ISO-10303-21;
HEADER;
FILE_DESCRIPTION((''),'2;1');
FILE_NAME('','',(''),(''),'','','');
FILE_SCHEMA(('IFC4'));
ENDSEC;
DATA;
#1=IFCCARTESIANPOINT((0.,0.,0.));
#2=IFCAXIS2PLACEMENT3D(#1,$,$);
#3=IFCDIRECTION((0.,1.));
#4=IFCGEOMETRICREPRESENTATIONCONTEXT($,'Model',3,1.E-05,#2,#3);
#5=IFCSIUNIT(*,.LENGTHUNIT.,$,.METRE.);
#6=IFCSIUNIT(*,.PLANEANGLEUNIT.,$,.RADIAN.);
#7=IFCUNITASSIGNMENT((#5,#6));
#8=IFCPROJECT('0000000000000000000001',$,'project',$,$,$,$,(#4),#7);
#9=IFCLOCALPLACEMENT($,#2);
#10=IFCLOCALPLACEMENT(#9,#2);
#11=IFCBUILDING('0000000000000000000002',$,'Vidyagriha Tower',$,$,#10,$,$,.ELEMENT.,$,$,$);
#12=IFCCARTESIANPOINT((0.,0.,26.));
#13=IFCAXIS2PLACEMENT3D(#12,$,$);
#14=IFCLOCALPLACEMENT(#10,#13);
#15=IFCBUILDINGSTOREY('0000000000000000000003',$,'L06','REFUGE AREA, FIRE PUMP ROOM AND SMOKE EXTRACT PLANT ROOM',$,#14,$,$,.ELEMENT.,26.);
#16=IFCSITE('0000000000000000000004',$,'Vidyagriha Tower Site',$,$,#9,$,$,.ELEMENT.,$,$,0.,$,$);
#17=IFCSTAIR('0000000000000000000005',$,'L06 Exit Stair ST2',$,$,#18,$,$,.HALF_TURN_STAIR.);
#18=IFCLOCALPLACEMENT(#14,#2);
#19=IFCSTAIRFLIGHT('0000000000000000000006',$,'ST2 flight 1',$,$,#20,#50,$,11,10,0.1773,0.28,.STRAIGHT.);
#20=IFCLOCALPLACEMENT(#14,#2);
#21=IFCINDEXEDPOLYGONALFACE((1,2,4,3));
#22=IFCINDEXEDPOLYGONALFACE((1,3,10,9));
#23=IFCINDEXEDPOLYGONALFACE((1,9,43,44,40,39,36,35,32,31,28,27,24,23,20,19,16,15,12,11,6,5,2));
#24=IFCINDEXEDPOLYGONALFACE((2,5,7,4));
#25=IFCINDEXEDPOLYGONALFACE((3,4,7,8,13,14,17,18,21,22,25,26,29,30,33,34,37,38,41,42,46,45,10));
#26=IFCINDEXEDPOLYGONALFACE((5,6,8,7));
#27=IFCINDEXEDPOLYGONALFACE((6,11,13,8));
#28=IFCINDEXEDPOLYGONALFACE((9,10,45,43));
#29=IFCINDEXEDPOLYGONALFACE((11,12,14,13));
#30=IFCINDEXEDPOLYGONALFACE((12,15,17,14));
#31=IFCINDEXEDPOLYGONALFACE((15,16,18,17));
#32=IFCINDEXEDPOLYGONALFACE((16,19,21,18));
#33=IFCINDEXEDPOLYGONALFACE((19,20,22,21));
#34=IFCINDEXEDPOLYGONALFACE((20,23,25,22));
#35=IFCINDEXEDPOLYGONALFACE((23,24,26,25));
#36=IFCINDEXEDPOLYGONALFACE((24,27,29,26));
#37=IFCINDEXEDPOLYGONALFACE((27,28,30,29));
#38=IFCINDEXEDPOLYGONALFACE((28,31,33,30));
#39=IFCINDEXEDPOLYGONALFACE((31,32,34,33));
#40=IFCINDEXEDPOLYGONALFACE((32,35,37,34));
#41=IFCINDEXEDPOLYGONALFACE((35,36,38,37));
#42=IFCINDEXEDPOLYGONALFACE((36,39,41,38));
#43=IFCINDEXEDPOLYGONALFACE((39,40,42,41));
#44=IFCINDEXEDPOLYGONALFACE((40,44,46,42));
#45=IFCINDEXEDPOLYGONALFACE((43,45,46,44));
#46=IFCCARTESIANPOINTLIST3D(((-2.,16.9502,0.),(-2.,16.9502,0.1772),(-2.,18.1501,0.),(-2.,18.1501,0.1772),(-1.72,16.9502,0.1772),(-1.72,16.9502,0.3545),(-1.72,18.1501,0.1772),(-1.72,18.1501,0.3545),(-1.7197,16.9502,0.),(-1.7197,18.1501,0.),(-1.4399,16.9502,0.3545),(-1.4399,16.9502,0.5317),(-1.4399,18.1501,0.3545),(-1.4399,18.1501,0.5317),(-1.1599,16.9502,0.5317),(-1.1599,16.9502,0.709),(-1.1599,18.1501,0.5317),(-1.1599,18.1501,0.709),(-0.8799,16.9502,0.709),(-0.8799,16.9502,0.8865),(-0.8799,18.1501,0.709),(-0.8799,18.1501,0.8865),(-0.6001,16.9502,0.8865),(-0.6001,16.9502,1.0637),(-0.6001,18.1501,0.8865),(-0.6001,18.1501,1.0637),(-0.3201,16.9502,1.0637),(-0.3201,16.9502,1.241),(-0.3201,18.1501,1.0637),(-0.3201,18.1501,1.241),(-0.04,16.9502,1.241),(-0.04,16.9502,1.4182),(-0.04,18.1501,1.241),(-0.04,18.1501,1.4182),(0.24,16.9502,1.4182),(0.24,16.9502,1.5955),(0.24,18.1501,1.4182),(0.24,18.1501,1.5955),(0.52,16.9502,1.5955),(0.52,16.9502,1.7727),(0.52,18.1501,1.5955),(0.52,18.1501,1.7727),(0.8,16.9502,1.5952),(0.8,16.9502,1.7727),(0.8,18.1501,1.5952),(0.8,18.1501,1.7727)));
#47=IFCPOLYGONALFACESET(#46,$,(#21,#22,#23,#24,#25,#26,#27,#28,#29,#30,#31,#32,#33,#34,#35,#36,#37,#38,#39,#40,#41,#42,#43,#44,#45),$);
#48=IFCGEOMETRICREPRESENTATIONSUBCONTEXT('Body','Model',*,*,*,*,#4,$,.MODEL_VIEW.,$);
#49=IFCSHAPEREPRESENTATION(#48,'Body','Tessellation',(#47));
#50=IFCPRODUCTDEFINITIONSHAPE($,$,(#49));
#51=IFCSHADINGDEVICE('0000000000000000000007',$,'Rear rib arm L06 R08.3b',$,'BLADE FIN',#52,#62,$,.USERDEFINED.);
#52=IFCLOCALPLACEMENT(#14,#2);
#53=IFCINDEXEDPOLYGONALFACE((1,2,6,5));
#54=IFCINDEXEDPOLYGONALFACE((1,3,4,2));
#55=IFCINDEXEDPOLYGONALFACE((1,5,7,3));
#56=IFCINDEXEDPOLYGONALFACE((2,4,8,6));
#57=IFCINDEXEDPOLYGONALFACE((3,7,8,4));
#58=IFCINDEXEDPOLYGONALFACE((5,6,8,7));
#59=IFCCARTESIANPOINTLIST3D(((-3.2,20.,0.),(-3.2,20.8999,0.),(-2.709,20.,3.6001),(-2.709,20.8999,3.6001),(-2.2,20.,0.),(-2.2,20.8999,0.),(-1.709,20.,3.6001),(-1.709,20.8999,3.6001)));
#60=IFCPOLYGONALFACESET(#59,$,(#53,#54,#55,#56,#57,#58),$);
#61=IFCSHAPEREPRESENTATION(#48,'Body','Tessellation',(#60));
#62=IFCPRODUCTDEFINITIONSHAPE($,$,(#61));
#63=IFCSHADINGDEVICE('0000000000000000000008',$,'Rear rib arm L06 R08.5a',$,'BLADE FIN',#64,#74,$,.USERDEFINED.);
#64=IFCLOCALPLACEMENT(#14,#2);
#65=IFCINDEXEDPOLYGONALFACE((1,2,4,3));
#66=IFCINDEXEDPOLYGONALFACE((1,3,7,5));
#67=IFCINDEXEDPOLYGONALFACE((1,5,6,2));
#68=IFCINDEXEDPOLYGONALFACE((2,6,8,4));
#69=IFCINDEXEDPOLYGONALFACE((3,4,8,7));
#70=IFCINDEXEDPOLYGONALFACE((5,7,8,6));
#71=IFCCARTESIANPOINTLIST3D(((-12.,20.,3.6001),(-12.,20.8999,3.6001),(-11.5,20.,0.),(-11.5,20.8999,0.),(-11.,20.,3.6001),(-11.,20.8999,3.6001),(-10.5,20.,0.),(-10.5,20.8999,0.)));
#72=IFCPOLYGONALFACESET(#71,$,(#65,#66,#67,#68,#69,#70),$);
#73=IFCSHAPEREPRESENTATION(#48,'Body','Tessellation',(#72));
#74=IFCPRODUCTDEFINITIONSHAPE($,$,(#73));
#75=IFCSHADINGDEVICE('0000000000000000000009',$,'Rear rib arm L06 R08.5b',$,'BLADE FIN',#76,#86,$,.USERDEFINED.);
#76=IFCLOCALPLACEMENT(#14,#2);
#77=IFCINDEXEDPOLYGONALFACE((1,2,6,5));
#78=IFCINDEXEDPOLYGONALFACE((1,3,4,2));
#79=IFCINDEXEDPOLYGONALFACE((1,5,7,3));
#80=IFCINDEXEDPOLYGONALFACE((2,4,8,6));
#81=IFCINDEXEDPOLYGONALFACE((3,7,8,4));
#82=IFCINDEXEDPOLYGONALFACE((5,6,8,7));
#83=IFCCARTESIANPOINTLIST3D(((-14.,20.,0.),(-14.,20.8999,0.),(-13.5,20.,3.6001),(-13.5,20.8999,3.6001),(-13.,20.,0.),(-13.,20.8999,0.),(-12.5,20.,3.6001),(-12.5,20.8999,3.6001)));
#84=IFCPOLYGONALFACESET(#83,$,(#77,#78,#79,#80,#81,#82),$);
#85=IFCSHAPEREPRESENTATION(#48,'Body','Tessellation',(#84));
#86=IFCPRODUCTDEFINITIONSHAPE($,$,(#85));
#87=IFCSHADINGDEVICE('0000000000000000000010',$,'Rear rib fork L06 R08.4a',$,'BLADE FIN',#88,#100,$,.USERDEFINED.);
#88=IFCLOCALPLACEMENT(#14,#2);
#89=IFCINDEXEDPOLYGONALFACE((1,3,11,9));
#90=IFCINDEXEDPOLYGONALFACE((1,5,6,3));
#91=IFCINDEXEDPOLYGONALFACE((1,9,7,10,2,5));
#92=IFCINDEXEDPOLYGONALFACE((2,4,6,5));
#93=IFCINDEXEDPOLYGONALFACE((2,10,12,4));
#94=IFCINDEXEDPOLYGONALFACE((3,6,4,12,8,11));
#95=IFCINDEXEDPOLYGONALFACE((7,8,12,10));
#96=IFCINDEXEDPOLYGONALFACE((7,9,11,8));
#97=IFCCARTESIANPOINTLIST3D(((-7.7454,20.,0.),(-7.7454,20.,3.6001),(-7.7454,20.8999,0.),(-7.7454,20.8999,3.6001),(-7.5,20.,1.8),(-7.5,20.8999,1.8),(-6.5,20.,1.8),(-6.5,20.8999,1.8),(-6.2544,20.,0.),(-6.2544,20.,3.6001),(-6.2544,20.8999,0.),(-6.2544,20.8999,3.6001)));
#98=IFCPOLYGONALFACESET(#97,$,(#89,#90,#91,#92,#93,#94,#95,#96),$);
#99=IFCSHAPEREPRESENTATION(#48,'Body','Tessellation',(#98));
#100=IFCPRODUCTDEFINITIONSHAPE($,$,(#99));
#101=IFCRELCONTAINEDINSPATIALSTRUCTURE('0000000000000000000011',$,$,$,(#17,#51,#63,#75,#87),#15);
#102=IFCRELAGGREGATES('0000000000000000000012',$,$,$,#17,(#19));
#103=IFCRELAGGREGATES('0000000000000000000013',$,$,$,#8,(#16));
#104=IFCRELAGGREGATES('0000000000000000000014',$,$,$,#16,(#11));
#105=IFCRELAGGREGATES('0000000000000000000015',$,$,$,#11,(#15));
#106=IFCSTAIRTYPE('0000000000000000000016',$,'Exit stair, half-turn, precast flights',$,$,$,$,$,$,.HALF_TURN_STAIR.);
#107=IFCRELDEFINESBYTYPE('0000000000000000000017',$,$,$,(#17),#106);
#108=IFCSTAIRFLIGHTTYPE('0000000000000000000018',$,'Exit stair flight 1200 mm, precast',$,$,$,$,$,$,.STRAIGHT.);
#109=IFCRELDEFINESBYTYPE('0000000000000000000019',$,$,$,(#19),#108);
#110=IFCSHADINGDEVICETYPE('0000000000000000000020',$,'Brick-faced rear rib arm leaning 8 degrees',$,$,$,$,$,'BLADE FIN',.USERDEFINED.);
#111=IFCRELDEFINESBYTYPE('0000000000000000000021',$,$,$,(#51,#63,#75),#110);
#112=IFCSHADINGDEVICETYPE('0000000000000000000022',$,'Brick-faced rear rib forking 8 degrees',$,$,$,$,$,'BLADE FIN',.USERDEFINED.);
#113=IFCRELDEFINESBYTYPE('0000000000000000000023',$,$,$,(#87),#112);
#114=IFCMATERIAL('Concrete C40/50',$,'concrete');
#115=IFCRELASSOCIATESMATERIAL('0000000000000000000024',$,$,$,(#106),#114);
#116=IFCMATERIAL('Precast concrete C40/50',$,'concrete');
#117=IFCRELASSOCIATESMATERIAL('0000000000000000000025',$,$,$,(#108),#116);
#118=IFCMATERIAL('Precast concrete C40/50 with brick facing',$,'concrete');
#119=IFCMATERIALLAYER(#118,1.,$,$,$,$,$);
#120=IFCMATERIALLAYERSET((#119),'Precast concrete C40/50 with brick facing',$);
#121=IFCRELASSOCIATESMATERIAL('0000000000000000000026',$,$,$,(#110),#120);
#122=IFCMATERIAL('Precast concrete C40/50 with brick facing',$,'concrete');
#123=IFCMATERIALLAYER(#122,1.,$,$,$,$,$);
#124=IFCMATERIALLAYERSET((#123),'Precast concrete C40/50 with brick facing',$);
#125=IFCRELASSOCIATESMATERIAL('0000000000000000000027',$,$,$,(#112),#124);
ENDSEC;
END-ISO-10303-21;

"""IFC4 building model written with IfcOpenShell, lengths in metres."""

from ifc_helpers import new_model, si_unit, direction, frame, origin, place, context, subcontext, project, spatial, polyline, outline, extrude, material, layer, layer_set, type_object, element, aggregate, save


model = new_model("IFC4")

# Units and contexts
model_context = context("Model", 3, precision=1e-05, world=origin(), true_north=direction((0.0, 1.0)))
body_context = subcontext(model_context, "Body", "Model", "MODEL_VIEW")
ifc_project = project(units=[si_unit("LENGTHUNIT", "METRE"), si_unit("PLANEANGLEUNIT", "RADIAN")], contexts=[model_context])

# Site, building, storey
site_placement = place(None, origin())
site = spatial("IfcSite", under=ifc_project, at=site_placement, Name="Vidyagriha Tower Site", CompositionType="ELEMENT", RefElevation=0.0)
building_placement = place(site_placement, origin())
building = spatial("IfcBuilding", under=site, at=building_placement, Name="Vidyagriha Tower", CompositionType="ELEMENT")
storey_placement = place(building_placement, frame((0.0, 0.0, 26.0)))
storey = spatial("IfcBuildingStorey", under=building, at=storey_placement, Name="L06", Description="REFUGE AREA, FIRE PUMP ROOM AND SMOKE EXTRACT PLANT ROOM", CompositionType="ELEMENT", Elevation=26.0)

# Shared definitions
ifc_material_1 = material(Name="Concrete C40/50", Category="concrete")
stair_type = type_object("IfcStairType", Name="Exit stair, half-turn, precast flights", PredefinedType="HALF_TURN_STAIR", material=ifc_material_1)
ifc_material_2 = material(Name="Precast concrete C40/50", Category="concrete")
stair_flight_type = type_object("IfcStairFlightType", Name="Exit stair flight 1200 mm, precast", PredefinedType="STRAIGHT", material=ifc_material_2)

# Stair, stair flight
stair_1_placement = place(storey_placement, origin())
stair_1 = element("IfcStair", 1, at=stair_1_placement, inside=storey, type_object=stair_type, Name="L06 Exit Stair ST2", PredefinedType="HALF_TURN_STAIR")
stair_flight_1_placement = place(storey_placement, frame((-2.0, 17.55, 0.0)))
stair_flight_1 = element("IfcStairFlight", 2, at=stair_flight_1_placement, type_object=stair_flight_type, Name="ST2 flight 1", NumberOfRisers=11, NumberOfTreads=10, PredefinedType="STRAIGHT", RiserHeight=0.1773, TreadLength=0.28, context=body_context, shape_type="SweptSolid", body=[
    extrude(outline(polyline([(0.0, 0.0), (0.0, 0.1772), (0.28, 0.1772), (0.28, 0.3545), (0.5601, 0.3545), (0.5601, 0.5317), (0.8401, 0.5317), (0.8401, 0.709), (1.1201, 0.709), (1.1201, 0.8865), (1.3999, 0.8865), (1.3999, 1.0637), (1.6799, 1.0637), (1.6799, 1.241), (1.96, 1.241), (1.96, 1.4182), (2.24, 1.4182), (2.24, 1.5955), (2.52, 1.5955), (2.52, 1.7727), (2.8, 1.7727), (2.8, 1.95), (2.8, 1.5952), (0.2803, 0.0), (0.0, 0.0)])), frame((0.0, 0.6001, 0.0), z_axis=(0.0, -1.0, 0.0), x_axis=(1.0, 0.0, 0.0)), (0.0, 0.0, 1.0), 1.2),
])
aggregate(stair_1, [stair_flight_1])

# Shading devices
ifc_material_3 = material(Name="Precast concrete C40/50 with brick facing", Category="concrete")
ifc_layer_1 = layer(ifc_material_3, 1.0)
ifc_layer_set_1 = layer_set([ifc_layer_1], Name="Precast concrete C40/50 with brick facing")
shading_device_type_1 = type_object("IfcShadingDeviceType", Name="Brick-faced rear rib arm leaning 8 degrees", ElementType="BLADE FIN", PredefinedType="USERDEFINED", material=ifc_layer_set_1)
shading_device_1_placement = place(storey_placement, frame((-1.709, 20.45, 0.0), z_axis=(0.0, 0.0, 1.0), x_axis=(-1.0, 0.0, 0.0)))
element("IfcShadingDevice", 3, at=shading_device_1_placement, inside=storey, type_object=shading_device_type_1, Name="Rear rib arm L06 R08.3b", ObjectType="BLADE FIN", PredefinedType="USERDEFINED", context=body_context, shape_type="SweptSolid", body=[
    extrude(outline(polyline([(0.491, 0.0), (1.491, 0.0), (1.0, 3.6001), (0.0, 3.6001), (0.491, 0.0)])), frame((0.0, 0.45, 0.0), z_axis=(0.0, -1.0, 0.0), x_axis=(1.0, 0.0, 0.0)), (0.0, 0.0, 1.0), 0.8999),
])
shading_device_2_placement = place(storey_placement, frame((-10.5, 20.45, 0.0), z_axis=(0.0, 0.0, 1.0), x_axis=(-1.0, 0.0, 0.0)))
element("IfcShadingDevice", 4, at=shading_device_2_placement, inside=storey, type_object=shading_device_type_1, Name="Rear rib arm L06 R08.5a", ObjectType="BLADE FIN", PredefinedType="USERDEFINED", context=body_context, shape_type="SweptSolid", body=[
    extrude(outline(polyline([(0.0, 0.0), (1.0, 0.0), (1.5, 3.6001), (0.5, 3.6001), (0.0, 0.0)])), frame((0.0, 0.45, 0.0), z_axis=(0.0, -1.0, 0.0), x_axis=(1.0, 0.0, 0.0)), (0.0, 0.0, 1.0), 0.8999),
])
shading_device_3_placement = place(storey_placement, frame((-12.5, 20.45, 0.0), z_axis=(0.0, 0.0, 1.0), x_axis=(-1.0, 0.0, 0.0)))
element("IfcShadingDevice", 5, at=shading_device_3_placement, inside=storey, type_object=shading_device_type_1, Name="Rear rib arm L06 R08.5b", ObjectType="BLADE FIN", PredefinedType="USERDEFINED", context=body_context, shape_type="SweptSolid", body=[
    extrude(outline(polyline([(0.5, 0.0), (1.5, 0.0), (1.0, 3.6001), (0.0, 3.6001), (0.5, 0.0)])), frame((0.0, 0.45, 0.0), z_axis=(0.0, -1.0, 0.0), x_axis=(1.0, 0.0, 0.0)), (0.0, 0.0, 1.0), 0.8999),
])
ifc_material_4 = material(Name="Precast concrete C40/50 with brick facing", Category="concrete")
ifc_layer_2 = layer(ifc_material_4, 1.0)
ifc_layer_set_2 = layer_set([ifc_layer_2], Name="Precast concrete C40/50 with brick facing")
shading_device_type_2 = type_object("IfcShadingDeviceType", Name="Brick-faced rear rib forking 8 degrees", ElementType="BLADE FIN", PredefinedType="USERDEFINED", material=ifc_layer_set_2)
shading_device_4_placement = place(storey_placement, frame((-6.2544, 20.45, 0.0), z_axis=(0.0, 0.0, 1.0), x_axis=(-1.0, 0.0, 0.0)))
element("IfcShadingDevice", 6, at=shading_device_4_placement, inside=storey, type_object=shading_device_type_2, Name="Rear rib fork L06 R08.4a", ObjectType="BLADE FIN", PredefinedType="USERDEFINED", context=body_context, shape_type="SweptSolid", body=[
    extrude(outline(polyline([(0.0, 0.0), (1.491, 0.0), (1.2456, 1.8), (1.491, 3.6001), (0.0, 3.6001), (0.2456, 1.8), (0.0, 0.0)])), frame((0.0, 0.45, 0.0), z_axis=(0.0, -1.0, 0.0), x_axis=(1.0, 0.0, 0.0)), (0.0, 0.0, 1.0), 0.8999),
])

save(model, "model.ifc")
